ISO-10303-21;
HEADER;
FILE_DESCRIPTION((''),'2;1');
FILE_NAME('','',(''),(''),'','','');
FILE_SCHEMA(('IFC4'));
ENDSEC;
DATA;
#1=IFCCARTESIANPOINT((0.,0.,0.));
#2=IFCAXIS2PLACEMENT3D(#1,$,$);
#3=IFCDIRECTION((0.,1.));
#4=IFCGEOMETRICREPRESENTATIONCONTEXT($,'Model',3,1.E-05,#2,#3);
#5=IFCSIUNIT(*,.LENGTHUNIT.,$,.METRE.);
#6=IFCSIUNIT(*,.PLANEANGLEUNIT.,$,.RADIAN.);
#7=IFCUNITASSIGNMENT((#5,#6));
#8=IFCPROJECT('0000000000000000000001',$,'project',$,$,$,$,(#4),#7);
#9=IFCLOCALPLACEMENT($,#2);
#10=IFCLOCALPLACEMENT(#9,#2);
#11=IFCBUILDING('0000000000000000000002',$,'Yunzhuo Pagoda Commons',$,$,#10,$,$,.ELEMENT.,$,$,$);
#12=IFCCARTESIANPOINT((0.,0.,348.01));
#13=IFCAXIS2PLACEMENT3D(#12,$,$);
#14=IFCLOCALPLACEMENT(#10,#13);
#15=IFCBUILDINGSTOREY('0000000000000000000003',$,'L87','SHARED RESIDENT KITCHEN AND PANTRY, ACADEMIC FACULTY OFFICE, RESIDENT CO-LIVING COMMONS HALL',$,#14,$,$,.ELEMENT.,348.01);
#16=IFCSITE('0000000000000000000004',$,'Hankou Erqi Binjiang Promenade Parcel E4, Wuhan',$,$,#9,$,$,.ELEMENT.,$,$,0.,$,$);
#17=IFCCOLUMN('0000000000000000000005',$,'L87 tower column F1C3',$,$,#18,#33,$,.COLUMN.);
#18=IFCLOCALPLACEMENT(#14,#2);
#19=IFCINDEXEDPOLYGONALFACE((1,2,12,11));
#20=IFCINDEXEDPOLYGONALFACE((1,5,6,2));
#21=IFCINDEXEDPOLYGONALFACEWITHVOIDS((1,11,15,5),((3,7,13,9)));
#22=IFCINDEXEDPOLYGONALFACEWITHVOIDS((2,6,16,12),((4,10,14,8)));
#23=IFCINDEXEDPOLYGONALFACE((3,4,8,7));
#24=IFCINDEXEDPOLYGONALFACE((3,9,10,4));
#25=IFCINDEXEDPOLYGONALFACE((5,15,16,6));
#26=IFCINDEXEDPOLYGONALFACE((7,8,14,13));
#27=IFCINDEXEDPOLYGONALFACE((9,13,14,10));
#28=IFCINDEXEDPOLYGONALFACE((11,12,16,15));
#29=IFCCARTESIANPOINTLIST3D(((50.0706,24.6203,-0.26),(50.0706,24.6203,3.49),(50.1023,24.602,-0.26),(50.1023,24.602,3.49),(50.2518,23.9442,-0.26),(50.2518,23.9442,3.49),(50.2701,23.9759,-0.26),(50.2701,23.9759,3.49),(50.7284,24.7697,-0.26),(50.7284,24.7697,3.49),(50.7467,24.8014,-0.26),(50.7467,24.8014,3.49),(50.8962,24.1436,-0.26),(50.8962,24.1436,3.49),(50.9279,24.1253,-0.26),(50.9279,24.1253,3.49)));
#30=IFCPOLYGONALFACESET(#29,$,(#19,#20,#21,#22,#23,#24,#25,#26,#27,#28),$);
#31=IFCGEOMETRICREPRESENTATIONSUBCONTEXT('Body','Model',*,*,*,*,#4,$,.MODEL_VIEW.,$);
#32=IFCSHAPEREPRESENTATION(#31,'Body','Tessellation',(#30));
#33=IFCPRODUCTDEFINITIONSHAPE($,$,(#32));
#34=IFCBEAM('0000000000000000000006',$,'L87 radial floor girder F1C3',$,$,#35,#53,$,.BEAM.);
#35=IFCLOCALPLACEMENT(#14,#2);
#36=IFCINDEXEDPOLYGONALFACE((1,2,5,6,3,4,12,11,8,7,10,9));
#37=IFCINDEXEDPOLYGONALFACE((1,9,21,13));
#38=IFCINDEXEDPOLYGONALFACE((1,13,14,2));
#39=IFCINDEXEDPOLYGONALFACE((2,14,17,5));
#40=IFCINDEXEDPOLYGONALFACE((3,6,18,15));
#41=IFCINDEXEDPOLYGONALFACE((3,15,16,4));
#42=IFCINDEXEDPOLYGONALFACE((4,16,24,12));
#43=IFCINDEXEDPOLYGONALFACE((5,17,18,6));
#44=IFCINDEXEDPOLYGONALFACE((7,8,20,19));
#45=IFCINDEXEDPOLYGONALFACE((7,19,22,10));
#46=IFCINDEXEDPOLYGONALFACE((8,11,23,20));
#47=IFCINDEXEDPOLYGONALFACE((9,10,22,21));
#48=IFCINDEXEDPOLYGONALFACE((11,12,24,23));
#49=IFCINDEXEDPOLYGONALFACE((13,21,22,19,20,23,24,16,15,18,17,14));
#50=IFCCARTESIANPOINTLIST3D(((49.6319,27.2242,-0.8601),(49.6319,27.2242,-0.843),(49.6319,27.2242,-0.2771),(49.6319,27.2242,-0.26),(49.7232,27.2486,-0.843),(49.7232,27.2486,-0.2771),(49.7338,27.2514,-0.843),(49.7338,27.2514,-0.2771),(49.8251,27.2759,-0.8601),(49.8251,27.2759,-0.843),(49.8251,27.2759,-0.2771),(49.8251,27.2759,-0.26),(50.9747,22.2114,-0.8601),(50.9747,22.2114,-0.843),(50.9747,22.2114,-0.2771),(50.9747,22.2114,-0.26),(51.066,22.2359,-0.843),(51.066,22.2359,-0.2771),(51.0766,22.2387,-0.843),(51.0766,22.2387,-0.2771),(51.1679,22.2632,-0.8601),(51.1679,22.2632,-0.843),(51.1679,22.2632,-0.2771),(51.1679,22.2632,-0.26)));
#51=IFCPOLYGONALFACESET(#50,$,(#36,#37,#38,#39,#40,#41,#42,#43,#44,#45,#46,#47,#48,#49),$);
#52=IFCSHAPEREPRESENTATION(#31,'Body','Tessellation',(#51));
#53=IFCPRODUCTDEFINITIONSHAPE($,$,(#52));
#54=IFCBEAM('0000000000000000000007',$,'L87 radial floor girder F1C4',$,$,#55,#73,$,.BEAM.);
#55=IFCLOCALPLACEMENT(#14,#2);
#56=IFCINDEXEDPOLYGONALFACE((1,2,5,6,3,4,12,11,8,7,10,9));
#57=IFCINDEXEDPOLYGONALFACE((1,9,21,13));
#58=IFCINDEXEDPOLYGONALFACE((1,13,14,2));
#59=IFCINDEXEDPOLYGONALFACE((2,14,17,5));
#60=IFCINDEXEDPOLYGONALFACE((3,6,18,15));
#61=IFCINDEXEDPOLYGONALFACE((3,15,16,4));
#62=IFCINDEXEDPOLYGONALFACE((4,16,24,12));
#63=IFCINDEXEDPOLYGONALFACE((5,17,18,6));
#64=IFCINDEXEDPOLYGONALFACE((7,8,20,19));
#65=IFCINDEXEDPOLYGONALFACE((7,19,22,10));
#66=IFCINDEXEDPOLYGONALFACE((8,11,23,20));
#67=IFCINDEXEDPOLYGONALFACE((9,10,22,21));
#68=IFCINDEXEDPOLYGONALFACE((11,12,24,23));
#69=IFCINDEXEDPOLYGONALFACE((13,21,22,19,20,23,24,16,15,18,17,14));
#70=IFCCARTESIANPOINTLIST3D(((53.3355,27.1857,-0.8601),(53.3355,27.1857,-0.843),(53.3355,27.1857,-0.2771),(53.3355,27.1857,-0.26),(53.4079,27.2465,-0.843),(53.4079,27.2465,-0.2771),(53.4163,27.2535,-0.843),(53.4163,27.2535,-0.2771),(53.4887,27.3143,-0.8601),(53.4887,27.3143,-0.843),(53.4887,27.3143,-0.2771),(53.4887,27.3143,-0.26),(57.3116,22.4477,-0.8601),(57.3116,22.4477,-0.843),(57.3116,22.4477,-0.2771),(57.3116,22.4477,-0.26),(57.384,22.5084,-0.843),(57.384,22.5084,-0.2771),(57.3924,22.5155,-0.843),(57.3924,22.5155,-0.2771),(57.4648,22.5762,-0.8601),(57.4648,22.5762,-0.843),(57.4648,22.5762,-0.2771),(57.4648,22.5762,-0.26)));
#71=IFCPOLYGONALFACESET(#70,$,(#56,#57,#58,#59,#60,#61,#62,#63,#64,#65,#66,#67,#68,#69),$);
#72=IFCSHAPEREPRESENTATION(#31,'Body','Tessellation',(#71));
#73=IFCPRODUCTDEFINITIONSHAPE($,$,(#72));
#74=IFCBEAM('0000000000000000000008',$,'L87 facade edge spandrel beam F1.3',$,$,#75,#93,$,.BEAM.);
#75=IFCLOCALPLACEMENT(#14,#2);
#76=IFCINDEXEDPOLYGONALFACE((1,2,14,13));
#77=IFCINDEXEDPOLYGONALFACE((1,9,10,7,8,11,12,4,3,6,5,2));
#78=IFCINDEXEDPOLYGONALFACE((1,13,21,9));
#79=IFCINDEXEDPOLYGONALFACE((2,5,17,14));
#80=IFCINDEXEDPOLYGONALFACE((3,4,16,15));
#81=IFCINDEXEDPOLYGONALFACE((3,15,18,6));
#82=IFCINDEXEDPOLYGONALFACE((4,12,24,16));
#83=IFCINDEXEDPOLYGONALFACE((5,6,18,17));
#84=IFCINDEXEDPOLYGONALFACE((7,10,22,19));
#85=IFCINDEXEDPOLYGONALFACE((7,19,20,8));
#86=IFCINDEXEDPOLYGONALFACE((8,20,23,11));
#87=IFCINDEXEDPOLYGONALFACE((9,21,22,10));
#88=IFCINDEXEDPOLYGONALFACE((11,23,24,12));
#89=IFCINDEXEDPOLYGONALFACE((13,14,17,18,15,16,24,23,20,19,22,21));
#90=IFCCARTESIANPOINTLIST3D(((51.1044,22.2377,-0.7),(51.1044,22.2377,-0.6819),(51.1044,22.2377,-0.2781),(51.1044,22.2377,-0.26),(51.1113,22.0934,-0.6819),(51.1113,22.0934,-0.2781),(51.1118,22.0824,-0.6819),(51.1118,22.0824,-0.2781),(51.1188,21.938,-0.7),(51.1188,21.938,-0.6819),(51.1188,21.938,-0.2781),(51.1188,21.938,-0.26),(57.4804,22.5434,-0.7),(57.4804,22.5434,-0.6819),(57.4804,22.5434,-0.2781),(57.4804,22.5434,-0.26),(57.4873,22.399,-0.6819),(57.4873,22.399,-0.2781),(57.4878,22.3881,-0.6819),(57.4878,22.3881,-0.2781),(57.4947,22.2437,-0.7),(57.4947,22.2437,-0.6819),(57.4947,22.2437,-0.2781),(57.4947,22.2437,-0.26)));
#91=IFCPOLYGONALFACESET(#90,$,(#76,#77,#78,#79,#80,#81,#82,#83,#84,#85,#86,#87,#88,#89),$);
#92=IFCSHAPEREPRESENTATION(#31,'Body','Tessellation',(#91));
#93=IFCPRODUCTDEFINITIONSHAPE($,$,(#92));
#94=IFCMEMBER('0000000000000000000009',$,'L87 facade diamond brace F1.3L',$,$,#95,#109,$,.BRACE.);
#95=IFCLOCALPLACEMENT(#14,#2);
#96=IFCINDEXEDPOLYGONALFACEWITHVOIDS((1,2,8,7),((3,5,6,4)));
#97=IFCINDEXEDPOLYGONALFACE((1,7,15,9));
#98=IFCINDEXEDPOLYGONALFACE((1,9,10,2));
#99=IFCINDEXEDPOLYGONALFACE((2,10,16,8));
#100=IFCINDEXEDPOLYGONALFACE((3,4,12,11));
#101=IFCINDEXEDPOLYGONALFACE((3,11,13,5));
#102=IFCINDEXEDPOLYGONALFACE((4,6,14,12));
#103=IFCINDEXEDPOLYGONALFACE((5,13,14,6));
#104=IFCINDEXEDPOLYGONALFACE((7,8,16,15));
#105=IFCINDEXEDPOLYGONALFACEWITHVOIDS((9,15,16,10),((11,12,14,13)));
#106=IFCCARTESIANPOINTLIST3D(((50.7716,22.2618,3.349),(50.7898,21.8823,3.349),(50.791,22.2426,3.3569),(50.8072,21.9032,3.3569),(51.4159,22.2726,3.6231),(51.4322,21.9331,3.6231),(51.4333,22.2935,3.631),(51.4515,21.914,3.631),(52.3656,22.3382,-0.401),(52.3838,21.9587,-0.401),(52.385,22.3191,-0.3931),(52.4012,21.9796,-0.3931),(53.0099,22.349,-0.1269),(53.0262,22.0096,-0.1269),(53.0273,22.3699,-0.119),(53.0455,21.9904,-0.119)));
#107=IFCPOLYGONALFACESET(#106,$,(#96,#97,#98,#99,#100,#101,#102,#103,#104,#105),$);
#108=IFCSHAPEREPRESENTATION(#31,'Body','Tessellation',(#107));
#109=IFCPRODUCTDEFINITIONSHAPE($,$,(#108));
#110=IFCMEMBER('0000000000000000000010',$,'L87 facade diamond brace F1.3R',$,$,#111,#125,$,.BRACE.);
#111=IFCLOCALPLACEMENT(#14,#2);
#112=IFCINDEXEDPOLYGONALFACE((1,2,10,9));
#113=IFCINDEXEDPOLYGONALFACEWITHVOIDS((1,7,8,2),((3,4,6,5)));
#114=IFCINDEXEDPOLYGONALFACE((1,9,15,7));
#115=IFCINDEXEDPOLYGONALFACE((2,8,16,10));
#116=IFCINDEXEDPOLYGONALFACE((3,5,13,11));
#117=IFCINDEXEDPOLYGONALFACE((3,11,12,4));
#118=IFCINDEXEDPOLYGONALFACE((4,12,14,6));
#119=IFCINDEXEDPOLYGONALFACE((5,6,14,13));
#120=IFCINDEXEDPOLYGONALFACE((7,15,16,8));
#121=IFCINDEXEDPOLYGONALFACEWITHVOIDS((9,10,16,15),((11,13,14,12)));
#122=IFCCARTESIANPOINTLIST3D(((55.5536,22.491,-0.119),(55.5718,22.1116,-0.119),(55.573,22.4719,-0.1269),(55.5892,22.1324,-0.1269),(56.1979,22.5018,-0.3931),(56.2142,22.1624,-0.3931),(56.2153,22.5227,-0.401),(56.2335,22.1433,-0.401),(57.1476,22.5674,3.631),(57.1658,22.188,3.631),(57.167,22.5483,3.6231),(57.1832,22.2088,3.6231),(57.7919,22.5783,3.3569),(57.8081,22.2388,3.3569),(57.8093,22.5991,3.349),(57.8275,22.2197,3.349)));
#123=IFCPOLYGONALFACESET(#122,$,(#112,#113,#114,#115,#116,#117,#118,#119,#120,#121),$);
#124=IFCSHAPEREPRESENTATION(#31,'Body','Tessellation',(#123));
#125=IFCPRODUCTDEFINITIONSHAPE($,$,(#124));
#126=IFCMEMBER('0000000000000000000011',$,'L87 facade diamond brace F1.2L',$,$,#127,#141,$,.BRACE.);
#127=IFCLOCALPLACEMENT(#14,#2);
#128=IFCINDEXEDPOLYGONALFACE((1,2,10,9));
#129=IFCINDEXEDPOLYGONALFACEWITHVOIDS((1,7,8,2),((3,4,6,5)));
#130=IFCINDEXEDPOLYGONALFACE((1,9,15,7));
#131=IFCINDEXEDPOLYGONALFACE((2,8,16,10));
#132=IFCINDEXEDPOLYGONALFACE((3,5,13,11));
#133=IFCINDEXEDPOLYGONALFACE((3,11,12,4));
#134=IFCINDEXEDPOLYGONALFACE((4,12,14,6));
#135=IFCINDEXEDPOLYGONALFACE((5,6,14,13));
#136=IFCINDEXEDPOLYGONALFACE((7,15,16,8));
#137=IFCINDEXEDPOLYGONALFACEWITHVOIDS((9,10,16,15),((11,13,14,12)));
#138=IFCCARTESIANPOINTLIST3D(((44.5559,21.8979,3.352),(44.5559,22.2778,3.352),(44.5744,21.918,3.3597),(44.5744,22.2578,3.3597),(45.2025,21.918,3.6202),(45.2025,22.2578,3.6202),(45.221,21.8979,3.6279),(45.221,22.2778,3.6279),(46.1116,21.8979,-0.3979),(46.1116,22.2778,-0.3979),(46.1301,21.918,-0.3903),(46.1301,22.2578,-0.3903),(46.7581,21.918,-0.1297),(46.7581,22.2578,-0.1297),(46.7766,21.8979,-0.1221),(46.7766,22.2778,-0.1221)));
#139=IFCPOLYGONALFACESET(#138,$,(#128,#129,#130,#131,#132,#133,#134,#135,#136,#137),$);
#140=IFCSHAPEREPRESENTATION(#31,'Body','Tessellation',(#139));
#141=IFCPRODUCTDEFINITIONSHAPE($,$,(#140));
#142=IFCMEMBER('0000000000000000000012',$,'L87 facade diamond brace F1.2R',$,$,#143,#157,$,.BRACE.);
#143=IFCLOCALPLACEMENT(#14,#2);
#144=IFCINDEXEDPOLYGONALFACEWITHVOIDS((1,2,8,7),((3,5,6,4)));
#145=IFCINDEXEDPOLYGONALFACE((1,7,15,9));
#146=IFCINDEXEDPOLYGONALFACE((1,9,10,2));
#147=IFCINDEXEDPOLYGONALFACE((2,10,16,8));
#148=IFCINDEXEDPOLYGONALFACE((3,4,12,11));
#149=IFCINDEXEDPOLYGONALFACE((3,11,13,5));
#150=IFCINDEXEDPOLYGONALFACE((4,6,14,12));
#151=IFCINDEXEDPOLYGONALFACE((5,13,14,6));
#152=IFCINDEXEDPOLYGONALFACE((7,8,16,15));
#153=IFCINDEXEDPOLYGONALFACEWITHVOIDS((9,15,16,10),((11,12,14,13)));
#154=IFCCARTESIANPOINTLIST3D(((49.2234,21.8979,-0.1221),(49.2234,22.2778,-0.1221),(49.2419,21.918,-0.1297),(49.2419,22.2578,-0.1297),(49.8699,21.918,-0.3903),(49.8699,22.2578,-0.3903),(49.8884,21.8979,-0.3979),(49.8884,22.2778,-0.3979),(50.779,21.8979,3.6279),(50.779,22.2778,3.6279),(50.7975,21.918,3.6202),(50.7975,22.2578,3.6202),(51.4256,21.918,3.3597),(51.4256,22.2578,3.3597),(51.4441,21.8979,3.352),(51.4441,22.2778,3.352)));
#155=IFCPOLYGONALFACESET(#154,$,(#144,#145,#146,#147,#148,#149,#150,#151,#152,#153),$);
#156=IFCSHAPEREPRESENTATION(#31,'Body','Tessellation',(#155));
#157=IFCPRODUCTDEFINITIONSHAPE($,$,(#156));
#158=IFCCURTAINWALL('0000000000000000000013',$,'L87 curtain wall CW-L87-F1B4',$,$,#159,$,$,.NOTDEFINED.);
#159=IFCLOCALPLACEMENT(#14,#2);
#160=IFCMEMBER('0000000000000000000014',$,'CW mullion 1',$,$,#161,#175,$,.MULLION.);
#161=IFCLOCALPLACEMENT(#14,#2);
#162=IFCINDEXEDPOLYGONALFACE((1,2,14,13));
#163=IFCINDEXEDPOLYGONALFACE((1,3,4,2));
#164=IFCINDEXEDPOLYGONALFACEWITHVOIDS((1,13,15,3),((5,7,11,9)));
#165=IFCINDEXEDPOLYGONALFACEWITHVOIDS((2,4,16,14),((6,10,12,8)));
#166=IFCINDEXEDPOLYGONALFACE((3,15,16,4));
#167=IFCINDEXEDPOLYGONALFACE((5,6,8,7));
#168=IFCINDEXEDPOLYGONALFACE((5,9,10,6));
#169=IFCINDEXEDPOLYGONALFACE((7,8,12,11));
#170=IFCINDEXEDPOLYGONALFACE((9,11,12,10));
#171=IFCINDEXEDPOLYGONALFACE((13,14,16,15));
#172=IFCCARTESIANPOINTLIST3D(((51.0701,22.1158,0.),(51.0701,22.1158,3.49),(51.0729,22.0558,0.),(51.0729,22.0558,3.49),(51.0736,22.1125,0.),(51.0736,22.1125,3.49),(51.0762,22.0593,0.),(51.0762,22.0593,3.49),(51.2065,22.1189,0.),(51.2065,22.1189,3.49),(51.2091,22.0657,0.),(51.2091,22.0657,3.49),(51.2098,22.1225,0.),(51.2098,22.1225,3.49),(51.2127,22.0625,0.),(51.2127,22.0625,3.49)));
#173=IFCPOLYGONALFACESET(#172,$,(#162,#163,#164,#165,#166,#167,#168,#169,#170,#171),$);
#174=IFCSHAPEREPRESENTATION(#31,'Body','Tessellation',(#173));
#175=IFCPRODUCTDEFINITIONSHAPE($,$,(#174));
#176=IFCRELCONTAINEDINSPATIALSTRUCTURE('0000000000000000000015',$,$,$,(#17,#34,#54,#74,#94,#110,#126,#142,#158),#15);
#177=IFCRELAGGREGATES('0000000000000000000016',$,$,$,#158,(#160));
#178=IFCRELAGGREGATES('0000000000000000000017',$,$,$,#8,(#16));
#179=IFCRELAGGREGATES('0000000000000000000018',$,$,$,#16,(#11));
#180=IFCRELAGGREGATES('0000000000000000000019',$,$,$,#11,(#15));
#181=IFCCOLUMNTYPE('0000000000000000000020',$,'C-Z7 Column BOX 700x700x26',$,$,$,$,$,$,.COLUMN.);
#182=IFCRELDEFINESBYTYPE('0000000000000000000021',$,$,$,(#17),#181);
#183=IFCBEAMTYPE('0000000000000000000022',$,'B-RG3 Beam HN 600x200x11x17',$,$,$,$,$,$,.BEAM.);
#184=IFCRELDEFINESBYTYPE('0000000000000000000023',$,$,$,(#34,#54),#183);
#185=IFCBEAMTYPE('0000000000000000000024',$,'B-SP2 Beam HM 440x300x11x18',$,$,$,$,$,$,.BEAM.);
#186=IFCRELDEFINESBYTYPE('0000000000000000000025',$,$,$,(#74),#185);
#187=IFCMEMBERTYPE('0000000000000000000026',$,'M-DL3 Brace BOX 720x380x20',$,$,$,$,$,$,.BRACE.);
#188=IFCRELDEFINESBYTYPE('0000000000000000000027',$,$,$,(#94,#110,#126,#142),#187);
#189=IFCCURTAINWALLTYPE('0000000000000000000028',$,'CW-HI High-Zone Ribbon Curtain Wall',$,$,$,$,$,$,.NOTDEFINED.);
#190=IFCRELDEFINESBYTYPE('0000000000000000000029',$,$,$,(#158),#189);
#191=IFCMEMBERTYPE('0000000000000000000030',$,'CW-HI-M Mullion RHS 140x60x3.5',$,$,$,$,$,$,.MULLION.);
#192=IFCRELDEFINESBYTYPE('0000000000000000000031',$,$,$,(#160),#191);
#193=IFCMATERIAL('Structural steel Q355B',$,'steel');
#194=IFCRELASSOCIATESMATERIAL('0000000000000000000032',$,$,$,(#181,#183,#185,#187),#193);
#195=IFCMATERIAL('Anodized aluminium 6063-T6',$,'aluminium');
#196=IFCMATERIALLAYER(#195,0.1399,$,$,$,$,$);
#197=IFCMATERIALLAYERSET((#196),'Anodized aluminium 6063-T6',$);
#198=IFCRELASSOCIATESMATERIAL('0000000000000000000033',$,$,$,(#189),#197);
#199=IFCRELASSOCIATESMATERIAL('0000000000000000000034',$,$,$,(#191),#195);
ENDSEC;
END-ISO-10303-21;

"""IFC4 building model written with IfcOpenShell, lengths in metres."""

from ifc_helpers import new_model, si_unit, direction, frame, origin, origin_2d, place, context, subcontext, project, spatial, hollow_rectangle, i_section, extrude, source, transform, mapped, material, layer, layer_set, material_profile, profile_set, type_object, element, aggregate, save


model = new_model("IFC4")

# Units and contexts
model_context = context("Model", 3, precision=1e-05, world=origin(), true_north=direction((0.0, 1.0)))
body_context = subcontext(model_context, "Body", "Model", "MODEL_VIEW")
ifc_project = project(units=[si_unit("LENGTHUNIT", "METRE"), si_unit("PLANEANGLEUNIT", "RADIAN")], contexts=[model_context])

# Site, building, storey
site_placement = place(None, origin())
site = spatial("IfcSite", under=ifc_project, at=site_placement, Name="Hankou Erqi Binjiang Promenade Parcel E4, Wuhan", CompositionType="ELEMENT", RefElevation=0.0)
building_placement = place(site_placement, origin())
building = spatial("IfcBuilding", under=site, at=building_placement, Name="Yunzhuo Pagoda Commons", CompositionType="ELEMENT")
storey_placement = place(building_placement, frame((0.0, 0.0, 348.01)))
storey = spatial("IfcBuildingStorey", under=building, at=storey_placement, Name="L87", Description="SHARED RESIDENT KITCHEN AND PANTRY, ACADEMIC FACULTY OFFICE, RESIDENT CO-LIVING COMMONS HALL", CompositionType="ELEMENT", Elevation=348.01)

# Column
ifc_material_1 = material(Name="Structural steel Q355B", Category="steel")
ifc_material_profile_1 = material_profile(ifc_material_1, hollow_rectangle(XDim=0.7, YDim=0.7, WallThickness=0.0259, at=origin_2d()), Name="Structural steel Q355B")
ifc_profile_set_1 = profile_set([ifc_material_profile_1], Name="Structural steel Q355B")
column_type = type_object("IfcColumnType", Name="C-Z7 Column BOX 700x700x26", PredefinedType="COLUMN", material=ifc_profile_set_1)
shared_shape_1 = source(origin(), body_context, "Body", "SweptSolid", [
    extrude(hollow_rectangle(XDim=0.7, YDim=0.7, WallThickness=0.0259, at=origin_2d()), origin(), (0.0, 0.0, 1.0), 3.75),
])
column_placement = place(storey_placement, frame((50.4993, 24.3728, -0.26), z_axis=(0.0, 0.0, 1.0), x_axis=(0.965926, 0.258819, 0.0)))
element("IfcColumn", 1, at=column_placement, inside=storey, type_object=column_type, Name="L87 tower column F1C3", PredefinedType="COLUMN", context=body_context, shape_type="MappedRepresentation", body=[
    mapped(shared_shape_1, transform((0.0, 0.0, 0.0), scale=1.0)),
])

# Beams
ifc_material_profile_2 = material_profile(ifc_material_1, i_section(OverallWidth=0.2, OverallDepth=0.6001, WebThickness=0.011, FlangeThickness=0.0171, at=origin_2d()), Name="Structural steel Q355B")
ifc_profile_set_2 = profile_set([ifc_material_profile_2], Name="Structural steel Q355B")
beam_type_1 = type_object("IfcBeamType", Name="B-RG3 Beam HN 600x200x11x17", PredefinedType="BEAM", material=ifc_profile_set_2)
shared_shape_2 = source(origin(), body_context, "Body", "SweptSolid", [
    extrude(i_section(OverallWidth=0.2, OverallDepth=0.6001, WebThickness=0.011, FlangeThickness=0.0171, at=origin_2d()), origin(), (0.0, 0.0, 1.0), 5.1895),
])
beam_1_placement = place(storey_placement, frame((51.0713, 22.2373, -0.5601), z_axis=(-0.258752, 0.965944, 0.0), x_axis=(-0.965944, -0.258752, 0.0)))
element("IfcBeam", 2, at=beam_1_placement, inside=storey, type_object=beam_type_1, Name="L87 radial floor girder F1C3", PredefinedType="BEAM", context=body_context, shape_type="MappedRepresentation", body=[
    mapped(shared_shape_2, transform((0.0, 0.0, 0.0), scale=1.0)),
])
shared_shape_3 = source(origin(), body_context, "Body", "SweptSolid", [
    extrude(i_section(OverallWidth=0.2, OverallDepth=0.6001, WebThickness=0.011, FlangeThickness=0.0171, at=origin_2d()), origin(), (0.0, 0.0, 1.0), 6.1853),
])
beam_2_placement = place(storey_placement, frame((57.3882, 22.512, -0.5601), z_axis=(-0.642825, 0.766013, 0.0), x_axis=(-0.766013, -0.642825, 0.0)))
element("IfcBeam", 3, at=beam_2_placement, inside=storey, type_object=beam_type_1, Name="L87 radial floor girder F1C4", PredefinedType="BEAM", context=body_context, shape_type="MappedRepresentation", body=[
    mapped(shared_shape_3, transform((0.0, 0.0, 0.0), scale=1.0)),
])
ifc_material_profile_3 = material_profile(ifc_material_1, i_section(OverallWidth=0.3, OverallDepth=0.4399, WebThickness=0.011, FlangeThickness=0.0181, at=origin_2d()), Name="Structural steel Q355B")
ifc_profile_set_3 = profile_set([ifc_material_profile_3], Name="Structural steel Q355B")
beam_type_2 = type_object("IfcBeamType", Name="B-SP2 Beam HM 440x300x11x18", PredefinedType="BEAM", material=ifc_profile_set_3)
shared_shape_4 = source(origin(), body_context, "Body", "SweptSolid", [
    extrude(i_section(OverallWidth=0.3, OverallDepth=0.4399, WebThickness=0.011, FlangeThickness=0.0181, at=origin_2d()), origin(), (0.0, 0.0, 1.0), 6.3833),
])
beam_3_placement = place(storey_placement, frame((51.1116, 22.0879, -0.48), z_axis=(0.998853, 0.047885, 0.0), x_axis=(-0.047885, 0.998853, 0.0)))
element("IfcBeam", 4, at=beam_3_placement, inside=storey, type_object=beam_type_2, Name="L87 facade edge spandrel beam F1.3", PredefinedType="BEAM", context=body_context, shape_type="MappedRepresentation", body=[
    mapped(shared_shape_4, transform((0.0, 0.0, 0.0), scale=1.0)),
])

# Members
ifc_material_profile_4 = material_profile(ifc_material_1, hollow_rectangle(XDim=0.3799, YDim=0.72, WallThickness=0.02, at=origin_2d()), Name="Structural steel Q355B")
ifc_profile_set_4 = profile_set([ifc_material_profile_4], Name="Structural steel Q355B")
member_type_1 = type_object("IfcMemberType", Name="M-DL3 Brace BOX 720x380x20", PredefinedType="BRACE", material=ifc_profile_set_4)
shared_shape_5 = source(origin(), body_context, "Body", "SweptSolid", [
    extrude(hollow_rectangle(XDim=0.3799, YDim=0.72, WallThickness=0.02, at=origin_2d()), origin(), (0.0, 0.0, 1.0), 4.0754),
])
for number, where, z_axis, x_axis, name in (
    (5, (52.7056, 22.1643, -0.26), (-0.391123, -0.01875, 0.920148), (0.047885, -0.998853, 0.0), "L87 facade diamond brace F1.3L"),
    (6, (55.8936, 22.3171, -0.26), (0.391123, 0.01875, 0.920148), (-0.047885, 0.998853, 0.0), "L87 facade diamond brace F1.3R"),
):
    element("IfcMember", number, at=place(storey_placement, frame(where, z_axis=z_axis, x_axis=x_axis)), inside=storey, type_object=member_type_1, Name=name, PredefinedType="BRACE", context=body_context, shape_type="MappedRepresentation", body=[
        mapped(shared_shape_5, transform((0.0, 0.0, 0.0), scale=1.0)),
    ])
shared_shape_6 = source(origin(), body_context, "Body", "SweptSolid", [
    extrude(hollow_rectangle(XDim=0.3799, YDim=0.72, WallThickness=0.02, at=origin_2d()), origin(), (0.0, 0.0, 1.0), 4.0598),
])
for number, where, z_axis, x_axis, name in (
    (7, (46.4441, 22.0879, -0.26), (-0.38318, 0.0, 0.923674), (0.0, -1.0, 0.0), "L87 facade diamond brace F1.2L"),
    (8, (49.5559, 22.0879, -0.26), (0.38318, 0.0, 0.923674), (0.0, 1.0, 0.0), "L87 facade diamond brace F1.2R"),
):
    element("IfcMember", number, at=place(storey_placement, frame(where, z_axis=z_axis, x_axis=x_axis)), inside=storey, type_object=member_type_1, Name=name, PredefinedType="BRACE", context=body_context, shape_type="MappedRepresentation", body=[
        mapped(shared_shape_6, transform((0.0, 0.0, 0.0), scale=1.0)),
    ])

# Curtain wall, member
ifc_material_2 = material(Name="Anodized aluminium 6063-T6", Category="aluminium")
ifc_layer_1 = layer(ifc_material_2, 0.1399)
ifc_layer_set_1 = layer_set([ifc_layer_1], Name="Anodized aluminium 6063-T6")
curtain_wall_type = type_object("IfcCurtainWallType", Name="CW-HI High-Zone Ribbon Curtain Wall", PredefinedType="NOTDEFINED", material=ifc_layer_set_1)
curtain_wall_1_placement = place(storey_placement, origin())
curtain_wall_1 = element("IfcCurtainWall", 9, at=curtain_wall_1_placement, inside=storey, type_object=curtain_wall_type, Name="L87 curtain wall CW-L87-F1B4", PredefinedType="NOTDEFINED")
ifc_material_profile_5 = material_profile(ifc_material_2, hollow_rectangle(XDim=0.0601, YDim=0.1399, WallThickness=0.0034, at=origin_2d()), Name="Anodized aluminium 6063-T6")
ifc_profile_set_5 = profile_set([ifc_material_profile_5], Name="Anodized aluminium 6063-T6")
member_type_2 = type_object("IfcMemberType", Name="CW-HI-M Mullion RHS 140x60x3.5", PredefinedType="MULLION", material=ifc_profile_set_5)
shared_shape_7 = source(origin(), body_context, "Body", "SweptSolid", [
    extrude(hollow_rectangle(XDim=0.0601, YDim=0.1399, WallThickness=0.0034, at=origin_2d()), origin(), (0.0, 0.0, 1.0), 3.49),
])
member_1_placement = place(storey_placement, frame((51.1414, 22.0891, 0.0), z_axis=(0.0, 0.0, 1.0), x_axis=(-0.047859, 0.998854, 0.0)))
member_1 = element("IfcMember", 10, at=member_1_placement, type_object=member_type_2, Name="CW mullion 1", PredefinedType="MULLION", context=body_context, shape_type="MappedRepresentation", body=[
    mapped(shared_shape_7, transform((0.0, 0.0, 0.0), scale=1.0)),
])

aggregate(curtain_wall_1, [member_1])

save(model, "model.ifc")
